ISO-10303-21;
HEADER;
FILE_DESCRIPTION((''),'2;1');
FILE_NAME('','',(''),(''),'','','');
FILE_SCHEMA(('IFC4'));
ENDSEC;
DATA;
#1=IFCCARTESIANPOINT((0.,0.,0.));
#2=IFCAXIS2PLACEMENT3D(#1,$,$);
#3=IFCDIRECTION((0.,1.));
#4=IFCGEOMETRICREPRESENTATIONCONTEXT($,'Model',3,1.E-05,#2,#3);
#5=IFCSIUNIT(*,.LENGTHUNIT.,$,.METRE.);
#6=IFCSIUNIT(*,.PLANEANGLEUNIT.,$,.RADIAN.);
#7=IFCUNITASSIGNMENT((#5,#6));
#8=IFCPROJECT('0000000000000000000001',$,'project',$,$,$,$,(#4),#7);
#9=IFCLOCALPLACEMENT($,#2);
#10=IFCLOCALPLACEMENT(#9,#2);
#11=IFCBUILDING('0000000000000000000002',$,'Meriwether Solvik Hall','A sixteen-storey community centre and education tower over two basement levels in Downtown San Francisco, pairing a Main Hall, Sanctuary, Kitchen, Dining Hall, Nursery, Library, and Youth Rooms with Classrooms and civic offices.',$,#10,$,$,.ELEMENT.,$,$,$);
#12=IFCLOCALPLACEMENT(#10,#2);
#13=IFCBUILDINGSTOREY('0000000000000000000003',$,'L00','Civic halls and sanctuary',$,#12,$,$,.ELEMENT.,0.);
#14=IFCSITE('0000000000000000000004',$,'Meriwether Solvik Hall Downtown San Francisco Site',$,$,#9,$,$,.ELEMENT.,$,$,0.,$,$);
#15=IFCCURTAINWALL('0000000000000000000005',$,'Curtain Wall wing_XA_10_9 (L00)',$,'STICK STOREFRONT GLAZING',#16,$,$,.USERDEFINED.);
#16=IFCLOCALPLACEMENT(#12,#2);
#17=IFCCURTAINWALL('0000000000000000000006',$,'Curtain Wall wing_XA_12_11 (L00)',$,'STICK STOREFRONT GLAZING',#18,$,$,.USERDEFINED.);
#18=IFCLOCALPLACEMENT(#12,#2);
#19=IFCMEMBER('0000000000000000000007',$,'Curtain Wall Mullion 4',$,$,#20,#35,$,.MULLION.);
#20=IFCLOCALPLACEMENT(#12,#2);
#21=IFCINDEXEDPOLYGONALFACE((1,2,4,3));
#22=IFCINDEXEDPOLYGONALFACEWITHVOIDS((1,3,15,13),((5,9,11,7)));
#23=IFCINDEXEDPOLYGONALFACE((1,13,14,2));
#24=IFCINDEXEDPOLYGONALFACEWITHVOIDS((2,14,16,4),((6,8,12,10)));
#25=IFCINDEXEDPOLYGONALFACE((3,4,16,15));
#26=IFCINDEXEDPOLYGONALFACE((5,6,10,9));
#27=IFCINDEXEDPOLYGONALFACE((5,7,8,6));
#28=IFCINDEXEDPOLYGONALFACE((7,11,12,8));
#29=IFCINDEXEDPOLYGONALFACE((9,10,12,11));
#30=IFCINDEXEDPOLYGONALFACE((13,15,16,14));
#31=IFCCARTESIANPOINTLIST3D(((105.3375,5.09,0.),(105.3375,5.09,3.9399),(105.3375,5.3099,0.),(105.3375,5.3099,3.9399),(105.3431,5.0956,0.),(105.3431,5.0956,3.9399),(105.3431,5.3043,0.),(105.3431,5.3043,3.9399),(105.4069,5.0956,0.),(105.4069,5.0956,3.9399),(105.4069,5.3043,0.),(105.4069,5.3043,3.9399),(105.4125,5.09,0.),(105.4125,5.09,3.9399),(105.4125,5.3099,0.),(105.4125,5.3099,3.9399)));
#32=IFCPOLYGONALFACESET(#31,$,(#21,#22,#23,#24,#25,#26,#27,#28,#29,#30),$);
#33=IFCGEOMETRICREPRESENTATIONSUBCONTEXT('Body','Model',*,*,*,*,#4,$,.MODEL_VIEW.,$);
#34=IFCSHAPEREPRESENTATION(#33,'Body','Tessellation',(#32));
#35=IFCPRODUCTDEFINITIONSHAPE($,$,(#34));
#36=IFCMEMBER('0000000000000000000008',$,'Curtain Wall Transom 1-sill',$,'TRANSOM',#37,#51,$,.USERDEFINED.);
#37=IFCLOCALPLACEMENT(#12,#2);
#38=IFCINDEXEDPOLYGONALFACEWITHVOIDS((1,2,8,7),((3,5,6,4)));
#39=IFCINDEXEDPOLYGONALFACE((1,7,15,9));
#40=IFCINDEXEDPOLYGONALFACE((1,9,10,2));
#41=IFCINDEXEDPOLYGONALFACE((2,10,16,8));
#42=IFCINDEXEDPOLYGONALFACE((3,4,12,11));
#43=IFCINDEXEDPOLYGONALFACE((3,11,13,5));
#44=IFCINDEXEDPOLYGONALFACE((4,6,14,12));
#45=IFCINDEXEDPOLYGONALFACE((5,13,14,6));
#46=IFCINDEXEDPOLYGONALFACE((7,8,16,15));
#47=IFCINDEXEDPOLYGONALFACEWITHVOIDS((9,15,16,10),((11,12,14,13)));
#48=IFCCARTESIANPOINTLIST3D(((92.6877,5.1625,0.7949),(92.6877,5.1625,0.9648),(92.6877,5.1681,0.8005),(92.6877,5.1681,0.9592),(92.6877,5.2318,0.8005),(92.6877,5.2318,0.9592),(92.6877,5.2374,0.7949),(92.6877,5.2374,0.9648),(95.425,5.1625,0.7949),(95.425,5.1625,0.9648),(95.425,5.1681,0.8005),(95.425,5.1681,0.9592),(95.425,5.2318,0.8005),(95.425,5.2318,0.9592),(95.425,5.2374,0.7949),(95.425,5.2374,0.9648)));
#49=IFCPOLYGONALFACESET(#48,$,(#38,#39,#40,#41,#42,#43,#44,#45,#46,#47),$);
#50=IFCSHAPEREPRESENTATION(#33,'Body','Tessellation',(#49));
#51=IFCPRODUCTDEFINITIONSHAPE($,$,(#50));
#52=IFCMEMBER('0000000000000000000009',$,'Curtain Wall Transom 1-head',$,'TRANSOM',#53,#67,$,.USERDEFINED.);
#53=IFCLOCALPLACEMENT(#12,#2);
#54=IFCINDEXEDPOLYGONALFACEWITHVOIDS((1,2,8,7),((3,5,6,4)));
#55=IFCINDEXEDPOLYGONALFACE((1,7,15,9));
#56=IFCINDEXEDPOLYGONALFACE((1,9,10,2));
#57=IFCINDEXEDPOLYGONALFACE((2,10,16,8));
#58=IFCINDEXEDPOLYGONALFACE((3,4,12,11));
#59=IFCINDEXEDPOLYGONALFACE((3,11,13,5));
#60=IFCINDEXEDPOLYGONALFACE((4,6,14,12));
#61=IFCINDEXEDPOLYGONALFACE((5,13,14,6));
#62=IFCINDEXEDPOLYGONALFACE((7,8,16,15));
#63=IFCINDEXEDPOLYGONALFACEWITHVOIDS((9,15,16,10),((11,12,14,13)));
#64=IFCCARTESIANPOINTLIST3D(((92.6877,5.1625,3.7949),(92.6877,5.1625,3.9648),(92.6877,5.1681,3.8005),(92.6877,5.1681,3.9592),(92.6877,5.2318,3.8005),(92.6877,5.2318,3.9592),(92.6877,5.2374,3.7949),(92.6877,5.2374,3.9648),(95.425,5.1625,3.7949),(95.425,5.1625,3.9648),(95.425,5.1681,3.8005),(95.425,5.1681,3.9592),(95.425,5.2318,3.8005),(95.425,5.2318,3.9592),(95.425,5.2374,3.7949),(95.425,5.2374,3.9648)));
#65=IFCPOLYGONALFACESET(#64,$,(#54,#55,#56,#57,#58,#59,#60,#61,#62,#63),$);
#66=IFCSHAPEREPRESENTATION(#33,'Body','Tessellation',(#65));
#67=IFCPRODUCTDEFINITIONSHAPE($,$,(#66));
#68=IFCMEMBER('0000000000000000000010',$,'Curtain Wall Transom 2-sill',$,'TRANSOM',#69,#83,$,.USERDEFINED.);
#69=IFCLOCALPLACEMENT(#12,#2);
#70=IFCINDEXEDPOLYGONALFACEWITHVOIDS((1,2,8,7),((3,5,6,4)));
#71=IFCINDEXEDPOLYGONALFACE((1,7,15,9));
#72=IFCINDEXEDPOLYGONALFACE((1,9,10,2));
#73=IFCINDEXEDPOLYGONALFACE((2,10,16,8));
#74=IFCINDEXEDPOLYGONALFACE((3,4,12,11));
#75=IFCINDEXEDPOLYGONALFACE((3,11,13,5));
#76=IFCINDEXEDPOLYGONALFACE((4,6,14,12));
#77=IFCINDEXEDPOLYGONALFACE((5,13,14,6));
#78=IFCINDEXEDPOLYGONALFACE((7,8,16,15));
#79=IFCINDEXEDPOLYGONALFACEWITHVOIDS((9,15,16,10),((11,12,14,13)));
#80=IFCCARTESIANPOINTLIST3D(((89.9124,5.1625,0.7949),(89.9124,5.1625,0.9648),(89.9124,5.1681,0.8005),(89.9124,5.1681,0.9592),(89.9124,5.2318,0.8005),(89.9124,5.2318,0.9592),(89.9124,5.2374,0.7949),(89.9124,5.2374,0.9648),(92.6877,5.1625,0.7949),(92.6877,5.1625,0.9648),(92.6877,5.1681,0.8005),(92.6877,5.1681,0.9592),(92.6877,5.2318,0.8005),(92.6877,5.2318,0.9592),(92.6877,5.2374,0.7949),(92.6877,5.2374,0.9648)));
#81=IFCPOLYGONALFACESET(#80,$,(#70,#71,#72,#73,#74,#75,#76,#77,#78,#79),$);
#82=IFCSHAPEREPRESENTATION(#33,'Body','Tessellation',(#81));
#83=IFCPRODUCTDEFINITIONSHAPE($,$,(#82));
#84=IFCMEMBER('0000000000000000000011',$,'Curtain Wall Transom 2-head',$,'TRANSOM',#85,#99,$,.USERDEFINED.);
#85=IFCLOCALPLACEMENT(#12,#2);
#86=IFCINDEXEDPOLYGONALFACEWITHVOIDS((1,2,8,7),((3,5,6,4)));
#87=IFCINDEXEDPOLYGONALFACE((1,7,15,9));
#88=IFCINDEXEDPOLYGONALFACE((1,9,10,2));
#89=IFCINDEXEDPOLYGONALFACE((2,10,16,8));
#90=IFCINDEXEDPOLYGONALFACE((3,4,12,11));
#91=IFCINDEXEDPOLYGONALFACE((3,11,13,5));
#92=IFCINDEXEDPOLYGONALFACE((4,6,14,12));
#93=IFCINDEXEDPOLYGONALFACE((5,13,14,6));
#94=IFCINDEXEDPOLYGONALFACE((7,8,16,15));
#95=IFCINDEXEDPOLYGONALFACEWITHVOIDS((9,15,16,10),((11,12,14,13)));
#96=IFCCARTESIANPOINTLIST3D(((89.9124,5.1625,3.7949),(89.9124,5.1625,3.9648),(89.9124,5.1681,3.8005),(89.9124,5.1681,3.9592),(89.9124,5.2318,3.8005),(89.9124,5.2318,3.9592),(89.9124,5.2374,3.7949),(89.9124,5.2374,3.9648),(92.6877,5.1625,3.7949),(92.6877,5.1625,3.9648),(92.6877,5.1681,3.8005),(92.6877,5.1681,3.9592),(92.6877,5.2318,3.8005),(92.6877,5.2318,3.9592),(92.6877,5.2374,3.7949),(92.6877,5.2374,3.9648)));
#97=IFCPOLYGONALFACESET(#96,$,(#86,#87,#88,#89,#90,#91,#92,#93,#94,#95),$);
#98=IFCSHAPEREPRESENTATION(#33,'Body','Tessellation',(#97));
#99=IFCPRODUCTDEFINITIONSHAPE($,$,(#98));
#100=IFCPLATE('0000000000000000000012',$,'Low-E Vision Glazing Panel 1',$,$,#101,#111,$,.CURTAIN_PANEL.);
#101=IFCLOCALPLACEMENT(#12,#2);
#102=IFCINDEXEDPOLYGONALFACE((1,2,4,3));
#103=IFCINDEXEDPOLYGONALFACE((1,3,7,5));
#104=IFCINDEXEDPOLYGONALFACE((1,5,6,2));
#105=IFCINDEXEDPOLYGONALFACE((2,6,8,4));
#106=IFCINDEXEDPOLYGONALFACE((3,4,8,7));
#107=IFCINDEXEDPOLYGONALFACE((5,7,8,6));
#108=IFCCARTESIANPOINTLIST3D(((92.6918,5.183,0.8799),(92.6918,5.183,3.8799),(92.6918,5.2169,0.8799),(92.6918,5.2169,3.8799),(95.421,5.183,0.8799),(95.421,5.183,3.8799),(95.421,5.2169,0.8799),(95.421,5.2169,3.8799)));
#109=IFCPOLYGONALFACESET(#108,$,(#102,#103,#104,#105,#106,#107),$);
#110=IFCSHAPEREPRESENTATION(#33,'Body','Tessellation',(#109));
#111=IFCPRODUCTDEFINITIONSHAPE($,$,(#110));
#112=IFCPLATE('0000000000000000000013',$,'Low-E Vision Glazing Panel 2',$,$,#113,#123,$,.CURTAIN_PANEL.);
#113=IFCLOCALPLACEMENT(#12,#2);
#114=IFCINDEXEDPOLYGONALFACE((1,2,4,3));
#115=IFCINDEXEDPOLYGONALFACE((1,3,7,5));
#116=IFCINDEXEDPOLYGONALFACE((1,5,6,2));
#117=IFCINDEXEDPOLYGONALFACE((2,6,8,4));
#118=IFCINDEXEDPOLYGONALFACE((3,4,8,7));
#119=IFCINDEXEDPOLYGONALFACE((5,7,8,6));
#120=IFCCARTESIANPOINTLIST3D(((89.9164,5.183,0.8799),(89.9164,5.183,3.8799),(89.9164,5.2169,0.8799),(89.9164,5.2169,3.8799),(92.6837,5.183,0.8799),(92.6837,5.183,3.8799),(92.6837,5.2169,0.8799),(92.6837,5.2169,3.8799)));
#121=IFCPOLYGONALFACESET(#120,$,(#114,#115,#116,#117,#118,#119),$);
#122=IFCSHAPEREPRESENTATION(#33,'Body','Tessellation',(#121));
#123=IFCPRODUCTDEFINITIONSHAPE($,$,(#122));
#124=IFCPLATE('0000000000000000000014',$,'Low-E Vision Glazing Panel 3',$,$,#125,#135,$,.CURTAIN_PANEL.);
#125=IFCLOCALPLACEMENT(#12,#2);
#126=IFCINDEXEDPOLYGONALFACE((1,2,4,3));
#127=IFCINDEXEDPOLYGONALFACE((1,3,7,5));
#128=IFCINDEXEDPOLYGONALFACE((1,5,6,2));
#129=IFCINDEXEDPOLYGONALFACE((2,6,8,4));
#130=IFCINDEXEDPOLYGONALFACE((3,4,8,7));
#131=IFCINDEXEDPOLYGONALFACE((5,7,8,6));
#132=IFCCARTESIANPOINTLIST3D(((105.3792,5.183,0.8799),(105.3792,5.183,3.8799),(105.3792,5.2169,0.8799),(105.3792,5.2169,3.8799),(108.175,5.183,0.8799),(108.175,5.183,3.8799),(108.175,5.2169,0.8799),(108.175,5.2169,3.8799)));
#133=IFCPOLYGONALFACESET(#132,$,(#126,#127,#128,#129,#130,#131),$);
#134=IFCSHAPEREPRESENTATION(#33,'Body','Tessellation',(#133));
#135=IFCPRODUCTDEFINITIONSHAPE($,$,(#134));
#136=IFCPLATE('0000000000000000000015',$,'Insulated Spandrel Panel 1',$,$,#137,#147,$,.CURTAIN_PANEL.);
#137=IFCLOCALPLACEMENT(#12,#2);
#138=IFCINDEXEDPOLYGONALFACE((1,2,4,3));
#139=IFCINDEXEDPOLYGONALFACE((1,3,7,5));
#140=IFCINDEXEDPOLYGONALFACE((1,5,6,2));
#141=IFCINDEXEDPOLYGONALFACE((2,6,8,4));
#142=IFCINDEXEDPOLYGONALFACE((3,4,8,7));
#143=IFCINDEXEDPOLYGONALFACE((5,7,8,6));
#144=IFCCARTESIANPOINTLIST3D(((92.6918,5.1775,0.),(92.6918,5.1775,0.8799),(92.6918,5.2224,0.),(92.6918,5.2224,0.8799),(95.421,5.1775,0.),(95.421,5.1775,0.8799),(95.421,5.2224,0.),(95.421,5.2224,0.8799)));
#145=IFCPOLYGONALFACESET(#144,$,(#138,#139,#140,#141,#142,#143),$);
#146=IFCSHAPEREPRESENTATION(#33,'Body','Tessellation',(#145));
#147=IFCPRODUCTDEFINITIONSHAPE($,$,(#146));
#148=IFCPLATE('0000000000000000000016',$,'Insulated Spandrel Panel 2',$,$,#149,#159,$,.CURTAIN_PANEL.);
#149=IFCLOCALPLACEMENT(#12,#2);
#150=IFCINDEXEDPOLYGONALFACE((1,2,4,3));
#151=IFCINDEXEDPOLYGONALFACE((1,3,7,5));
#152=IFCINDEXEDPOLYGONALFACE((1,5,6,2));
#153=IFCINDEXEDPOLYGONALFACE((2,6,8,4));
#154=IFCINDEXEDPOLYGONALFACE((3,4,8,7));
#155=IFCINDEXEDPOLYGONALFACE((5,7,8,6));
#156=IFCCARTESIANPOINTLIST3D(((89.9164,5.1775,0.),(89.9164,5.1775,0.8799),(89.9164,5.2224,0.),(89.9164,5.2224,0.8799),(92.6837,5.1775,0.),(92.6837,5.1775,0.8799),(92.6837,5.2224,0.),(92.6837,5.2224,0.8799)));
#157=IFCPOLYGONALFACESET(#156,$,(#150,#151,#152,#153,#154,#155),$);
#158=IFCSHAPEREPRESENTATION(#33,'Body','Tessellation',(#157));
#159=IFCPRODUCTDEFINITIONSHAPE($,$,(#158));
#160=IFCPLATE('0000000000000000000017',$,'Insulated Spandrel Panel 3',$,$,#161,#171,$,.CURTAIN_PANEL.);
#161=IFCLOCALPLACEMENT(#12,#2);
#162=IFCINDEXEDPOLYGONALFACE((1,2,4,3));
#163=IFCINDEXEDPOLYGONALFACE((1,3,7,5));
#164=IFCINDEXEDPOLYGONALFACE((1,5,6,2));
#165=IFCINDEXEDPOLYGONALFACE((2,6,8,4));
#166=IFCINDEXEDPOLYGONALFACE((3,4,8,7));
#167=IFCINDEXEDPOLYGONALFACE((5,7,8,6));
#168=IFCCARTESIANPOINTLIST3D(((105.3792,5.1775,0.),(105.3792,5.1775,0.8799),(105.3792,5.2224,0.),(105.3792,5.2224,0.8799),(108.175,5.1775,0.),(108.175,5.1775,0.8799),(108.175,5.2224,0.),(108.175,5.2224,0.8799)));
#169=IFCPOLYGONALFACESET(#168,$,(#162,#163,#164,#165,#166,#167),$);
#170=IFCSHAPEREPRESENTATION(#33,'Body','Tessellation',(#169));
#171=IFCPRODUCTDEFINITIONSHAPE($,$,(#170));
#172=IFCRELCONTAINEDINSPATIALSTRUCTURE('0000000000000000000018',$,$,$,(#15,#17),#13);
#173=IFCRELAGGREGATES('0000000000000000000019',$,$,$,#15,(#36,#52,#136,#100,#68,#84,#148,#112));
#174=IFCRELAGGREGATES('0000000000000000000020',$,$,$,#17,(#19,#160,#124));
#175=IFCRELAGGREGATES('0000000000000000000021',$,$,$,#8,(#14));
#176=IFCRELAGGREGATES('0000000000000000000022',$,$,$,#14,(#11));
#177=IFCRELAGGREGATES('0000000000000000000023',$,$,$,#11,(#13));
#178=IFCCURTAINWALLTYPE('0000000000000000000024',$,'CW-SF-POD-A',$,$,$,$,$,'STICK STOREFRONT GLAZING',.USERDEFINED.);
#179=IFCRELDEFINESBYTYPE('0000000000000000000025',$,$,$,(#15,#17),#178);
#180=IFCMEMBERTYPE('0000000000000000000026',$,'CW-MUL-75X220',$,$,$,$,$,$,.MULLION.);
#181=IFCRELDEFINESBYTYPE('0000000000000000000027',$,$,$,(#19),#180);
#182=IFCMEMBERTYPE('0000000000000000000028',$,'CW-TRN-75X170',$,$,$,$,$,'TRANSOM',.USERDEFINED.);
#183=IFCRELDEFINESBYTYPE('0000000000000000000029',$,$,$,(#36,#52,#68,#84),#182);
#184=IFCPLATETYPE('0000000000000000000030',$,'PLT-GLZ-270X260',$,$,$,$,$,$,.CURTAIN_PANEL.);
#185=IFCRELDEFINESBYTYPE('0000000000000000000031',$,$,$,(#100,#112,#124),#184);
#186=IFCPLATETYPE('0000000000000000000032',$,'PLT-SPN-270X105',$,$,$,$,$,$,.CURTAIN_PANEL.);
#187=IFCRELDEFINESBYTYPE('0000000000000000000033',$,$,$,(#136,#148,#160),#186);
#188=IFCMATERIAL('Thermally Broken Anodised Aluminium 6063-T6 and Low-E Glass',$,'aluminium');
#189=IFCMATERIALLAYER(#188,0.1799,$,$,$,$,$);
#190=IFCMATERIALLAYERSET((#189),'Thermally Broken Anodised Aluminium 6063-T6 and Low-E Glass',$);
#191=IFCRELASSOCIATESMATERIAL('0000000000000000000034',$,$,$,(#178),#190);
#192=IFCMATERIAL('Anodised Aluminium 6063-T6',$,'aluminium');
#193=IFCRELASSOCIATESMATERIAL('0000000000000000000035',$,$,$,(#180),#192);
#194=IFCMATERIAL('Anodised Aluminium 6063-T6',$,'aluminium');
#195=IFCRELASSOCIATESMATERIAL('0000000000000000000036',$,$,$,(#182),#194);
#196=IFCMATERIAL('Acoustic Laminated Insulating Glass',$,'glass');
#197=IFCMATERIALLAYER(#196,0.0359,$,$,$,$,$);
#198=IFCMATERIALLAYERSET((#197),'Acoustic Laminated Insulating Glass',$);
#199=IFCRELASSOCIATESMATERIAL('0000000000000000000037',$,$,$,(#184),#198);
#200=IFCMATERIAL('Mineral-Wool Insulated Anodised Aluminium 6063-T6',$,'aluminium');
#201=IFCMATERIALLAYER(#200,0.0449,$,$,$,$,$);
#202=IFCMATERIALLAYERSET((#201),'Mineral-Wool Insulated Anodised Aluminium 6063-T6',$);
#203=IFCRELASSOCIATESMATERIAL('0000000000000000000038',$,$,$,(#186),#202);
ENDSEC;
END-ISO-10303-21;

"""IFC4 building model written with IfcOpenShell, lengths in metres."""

from ifc_helpers import new_model, si_unit, direction, frame, origin, origin_2d, place, context, subcontext, project, spatial, rectangle, hollow_rectangle, extrude, material, layer, layer_set, material_profile, profile_set, type_object, element, aggregate, save


model = new_model("IFC4")

# Units and contexts
model_context = context("Model", 3, precision=1e-05, world=origin(), true_north=direction((0.0, 1.0)))
body_context = subcontext(model_context, "Body", "Model", "MODEL_VIEW")
ifc_project = project(units=[si_unit("LENGTHUNIT", "METRE"), si_unit("PLANEANGLEUNIT", "RADIAN")], contexts=[model_context])

# Site, building, storey
site_placement = place(None, origin())
site = spatial("IfcSite", under=ifc_project, at=site_placement, Name="Meriwether Solvik Hall Downtown San Francisco Site", CompositionType="ELEMENT", RefElevation=0.0)
building_placement = place(site_placement, origin())
building = spatial("IfcBuilding", under=site, at=building_placement, Name="Meriwether Solvik Hall", Description="A sixteen-storey community centre and education tower over two basement levels in Downtown San Francisco, pairing a Main Hall, Sanctuary, Kitchen, Dining Hall, Nursery, Library, and Youth Rooms with Classrooms and civic offices.", CompositionType="ELEMENT")
storey_placement = place(building_placement, origin())
storey = spatial("IfcBuildingStorey", under=building, at=storey_placement, Name="L00", Description="Civic halls and sanctuary", CompositionType="ELEMENT", Elevation=0.0)

# Curtain wall
ifc_material_1 = material(Name="Thermally Broken Anodised Aluminium 6063-T6 and Low-E Glass", Category="aluminium")
ifc_layer_1 = layer(ifc_material_1, 0.1799)
ifc_layer_set_1 = layer_set([ifc_layer_1], Name="Thermally Broken Anodised Aluminium 6063-T6 and Low-E Glass")
curtain_wall_type = type_object("IfcCurtainWallType", Name="CW-SF-POD-A", ElementType="STICK STOREFRONT GLAZING", PredefinedType="USERDEFINED", material=ifc_layer_set_1)
curtain_wall_1_placement = place(storey_placement, origin())
curtain_wall_1 = element("IfcCurtainWall", 1, at=curtain_wall_1_placement, inside=storey, type_object=curtain_wall_type, Name="Curtain Wall wing_XA_10_9 (L00)", ObjectType="STICK STOREFRONT GLAZING", PredefinedType="USERDEFINED")
ifc_material_2 = material(Name="Anodised Aluminium 6063-T6", Category="aluminium")
ifc_material_profile_1 = material_profile(ifc_material_2, hollow_rectangle(XDim=0.075, YDim=0.22, WallThickness=0.0056, at=origin_2d()), Name="CWM-75X220")
ifc_profile_set_1 = profile_set([ifc_material_profile_1], Name="Anodised Aluminium 6063-T6")
member_type_1 = type_object("IfcMemberType", Name="CW-MUL-75X220", PredefinedType="MULLION", material=ifc_profile_set_1)

# Curtain wall, member
curtain_wall_2_placement = place(storey_placement, origin())
curtain_wall_2 = element("IfcCurtainWall", 2, at=curtain_wall_2_placement, inside=storey, type_object=curtain_wall_type, Name="Curtain Wall wing_XA_12_11 (L00)", ObjectType="STICK STOREFRONT GLAZING", PredefinedType="USERDEFINED")
member_1_placement = place(storey_placement, frame((105.375, 5.2, 0.0), z_axis=(0.0, 0.0, 1.0), x_axis=(-1.0, 0.0, 0.0)))
member_1 = element("IfcMember", 3, at=member_1_placement, type_object=member_type_1, Name="Curtain Wall Mullion 4", PredefinedType="MULLION", context=body_context, shape_type="SweptSolid", body=[
    extrude(hollow_rectangle(XDim=0.075, YDim=0.22, WallThickness=0.0056, at=origin_2d()), origin(), (0.0, 0.0, 1.0), 3.9399),
])

# Members
ifc_material_3 = material(Name="Anodised Aluminium 6063-T6", Category="aluminium")
ifc_material_profile_2 = material_profile(ifc_material_3, hollow_rectangle(XDim=0.075, YDim=0.1699, WallThickness=0.0056, at=origin_2d()), Name="CWT-75X170")
ifc_profile_set_2 = profile_set([ifc_material_profile_2], Name="Anodised Aluminium 6063-T6")
member_type_2 = type_object("IfcMemberType", Name="CW-TRN-75X170", ElementType="TRANSOM", PredefinedType="USERDEFINED", material=ifc_profile_set_2)
member_2_placement = place(storey_placement, frame((95.425, 5.2, 0.8799), z_axis=(-1.0, 0.0, 0.0), x_axis=(0.0, -1.0, 0.0)))
member_2 = element("IfcMember", 4, at=member_2_placement, type_object=member_type_2, Name="Curtain Wall Transom 1-sill", ObjectType="TRANSOM", PredefinedType="USERDEFINED", context=body_context, shape_type="SweptSolid", body=[
    extrude(hollow_rectangle(XDim=0.075, YDim=0.1699, WallThickness=0.0056, at=origin_2d()), origin(), (0.0, 0.0, 1.0), 2.7373),
])
member_3_placement = place(storey_placement, frame((95.425, 5.2, 3.8799), z_axis=(-1.0, 0.0, 0.0), x_axis=(0.0, -1.0, 0.0)))
member_3 = element("IfcMember", 5, at=member_3_placement, type_object=member_type_2, Name="Curtain Wall Transom 1-head", ObjectType="TRANSOM", PredefinedType="USERDEFINED", context=body_context, shape_type="SweptSolid", body=[
    extrude(hollow_rectangle(XDim=0.075, YDim=0.1699, WallThickness=0.0056, at=origin_2d()), origin(), (0.0, 0.0, 1.0), 2.7373),
])
member_4_placement = place(storey_placement, frame((92.6877, 5.2, 0.8799), z_axis=(-1.0, 0.0, 0.0), x_axis=(0.0, -1.0, 0.0)))
member_4 = element("IfcMember", 6, at=member_4_placement, type_object=member_type_2, Name="Curtain Wall Transom 2-sill", ObjectType="TRANSOM", PredefinedType="USERDEFINED", context=body_context, shape_type="SweptSolid", body=[
    extrude(hollow_rectangle(XDim=0.075, YDim=0.1699, WallThickness=0.0056, at=origin_2d()), origin(), (0.0, 0.0, 1.0), 2.7754),
])
member_5_placement = place(storey_placement, frame((92.6877, 5.2, 3.8799), z_axis=(-1.0, 0.0, 0.0), x_axis=(0.0, -1.0, 0.0)))
member_5 = element("IfcMember", 7, at=member_5_placement, type_object=member_type_2, Name="Curtain Wall Transom 2-head", ObjectType="TRANSOM", PredefinedType="USERDEFINED", context=body_context, shape_type="SweptSolid", body=[
    extrude(hollow_rectangle(XDim=0.075, YDim=0.1699, WallThickness=0.0056, at=origin_2d()), origin(), (0.0, 0.0, 1.0), 2.7754),
])

# Plates
ifc_material_4 = material(Name="Acoustic Laminated Insulating Glass", Category="glass")
ifc_layer_2 = layer(ifc_material_4, 0.0359)
ifc_layer_set_2 = layer_set([ifc_layer_2], Name="Acoustic Laminated Insulating Glass")
plate_type_1 = type_object("IfcPlateType", Name="PLT-GLZ-270X260", PredefinedType="CURTAIN_PANEL", material=ifc_layer_set_2)
plate_1_placement = place(storey_placement, frame((94.0564, 5.2, 0.8799), z_axis=(0.0, 0.0, 1.0), x_axis=(-1.0, 0.0, 0.0)))
plate_1 = element("IfcPlate", 8, at=plate_1_placement, type_object=plate_type_1, Name="Low-E Vision Glazing Panel 1", PredefinedType="CURTAIN_PANEL", context=body_context, shape_type="SweptSolid", body=[
    extrude(rectangle(XDim=2.7292, YDim=0.0339, at=origin_2d()), origin(), (0.0, 0.0, 1.0), 3.0),
])
plate_2_placement = place(storey_placement, frame((91.3, 5.2, 0.8799), z_axis=(0.0, 0.0, 1.0), x_axis=(-1.0, 0.0, 0.0)))
plate_2 = element("IfcPlate", 9, at=plate_2_placement, type_object=plate_type_1, Name="Low-E Vision Glazing Panel 2", PredefinedType="CURTAIN_PANEL", context=body_context, shape_type="SweptSolid", body=[
    extrude(rectangle(XDim=2.7673, YDim=0.0339, at=origin_2d()), origin(), (0.0, 0.0, 1.0), 3.0),
])
plate_3_placement = place(storey_placement, frame((106.7771, 5.2, 0.8799), z_axis=(0.0, 0.0, 1.0), x_axis=(-1.0, 0.0, 0.0)))
plate_3 = element("IfcPlate", 10, at=plate_3_placement, type_object=plate_type_1, Name="Low-E Vision Glazing Panel 3", PredefinedType="CURTAIN_PANEL", context=body_context, shape_type="SweptSolid", body=[
    extrude(rectangle(XDim=2.7959, YDim=0.0339, at=origin_2d()), origin(), (0.0, 0.0, 1.0), 3.0),
])
ifc_material_5 = material(Name="Mineral-Wool Insulated Anodised Aluminium 6063-T6", Category="aluminium")
ifc_layer_3 = layer(ifc_material_5, 0.0449)
ifc_layer_set_3 = layer_set([ifc_layer_3], Name="Mineral-Wool Insulated Anodised Aluminium 6063-T6")
plate_type_2 = type_object("IfcPlateType", Name="PLT-SPN-270X105", PredefinedType="CURTAIN_PANEL", material=ifc_layer_set_3)
plate_4_placement = place(storey_placement, frame((94.0564, 5.2, 0.0), z_axis=(0.0, 0.0, 1.0), x_axis=(-1.0, 0.0, 0.0)))
plate_4 = element("IfcPlate", 11, at=plate_4_placement, type_object=plate_type_2, Name="Insulated Spandrel Panel 1", PredefinedType="CURTAIN_PANEL", context=body_context, shape_type="SweptSolid", body=[
    extrude(rectangle(XDim=2.7292, YDim=0.0449, at=origin_2d()), origin(), (0.0, 0.0, 1.0), 0.8799),
])
plate_5_placement = place(storey_placement, frame((91.3, 5.2, 0.0), z_axis=(0.0, 0.0, 1.0), x_axis=(-1.0, 0.0, 0.0)))
plate_5 = element("IfcPlate", 12, at=plate_5_placement, type_object=plate_type_2, Name="Insulated Spandrel Panel 2", PredefinedType="CURTAIN_PANEL", context=body_context, shape_type="SweptSolid", body=[
    extrude(rectangle(XDim=2.7673, YDim=0.0449, at=origin_2d()), origin(), (0.0, 0.0, 1.0), 0.8799),
])
aggregate(curtain_wall_1, [member_2, member_3, plate_4, plate_1, member_4, member_5, plate_5, plate_2])
plate_6_placement = place(storey_placement, frame((106.7771, 5.2, 0.0), z_axis=(0.0, 0.0, 1.0), x_axis=(-1.0, 0.0, 0.0)))
plate_6 = element("IfcPlate", 13, at=plate_6_placement, type_object=plate_type_2, Name="Insulated Spandrel Panel 3", PredefinedType="CURTAIN_PANEL", context=body_context, shape_type="SweptSolid", body=[
    extrude(rectangle(XDim=2.7959, YDim=0.0449, at=origin_2d()), origin(), (0.0, 0.0, 1.0), 0.8799),
])
aggregate(curtain_wall_2, [member_1, plate_6, plate_3])

save(model, "model.ifc")
